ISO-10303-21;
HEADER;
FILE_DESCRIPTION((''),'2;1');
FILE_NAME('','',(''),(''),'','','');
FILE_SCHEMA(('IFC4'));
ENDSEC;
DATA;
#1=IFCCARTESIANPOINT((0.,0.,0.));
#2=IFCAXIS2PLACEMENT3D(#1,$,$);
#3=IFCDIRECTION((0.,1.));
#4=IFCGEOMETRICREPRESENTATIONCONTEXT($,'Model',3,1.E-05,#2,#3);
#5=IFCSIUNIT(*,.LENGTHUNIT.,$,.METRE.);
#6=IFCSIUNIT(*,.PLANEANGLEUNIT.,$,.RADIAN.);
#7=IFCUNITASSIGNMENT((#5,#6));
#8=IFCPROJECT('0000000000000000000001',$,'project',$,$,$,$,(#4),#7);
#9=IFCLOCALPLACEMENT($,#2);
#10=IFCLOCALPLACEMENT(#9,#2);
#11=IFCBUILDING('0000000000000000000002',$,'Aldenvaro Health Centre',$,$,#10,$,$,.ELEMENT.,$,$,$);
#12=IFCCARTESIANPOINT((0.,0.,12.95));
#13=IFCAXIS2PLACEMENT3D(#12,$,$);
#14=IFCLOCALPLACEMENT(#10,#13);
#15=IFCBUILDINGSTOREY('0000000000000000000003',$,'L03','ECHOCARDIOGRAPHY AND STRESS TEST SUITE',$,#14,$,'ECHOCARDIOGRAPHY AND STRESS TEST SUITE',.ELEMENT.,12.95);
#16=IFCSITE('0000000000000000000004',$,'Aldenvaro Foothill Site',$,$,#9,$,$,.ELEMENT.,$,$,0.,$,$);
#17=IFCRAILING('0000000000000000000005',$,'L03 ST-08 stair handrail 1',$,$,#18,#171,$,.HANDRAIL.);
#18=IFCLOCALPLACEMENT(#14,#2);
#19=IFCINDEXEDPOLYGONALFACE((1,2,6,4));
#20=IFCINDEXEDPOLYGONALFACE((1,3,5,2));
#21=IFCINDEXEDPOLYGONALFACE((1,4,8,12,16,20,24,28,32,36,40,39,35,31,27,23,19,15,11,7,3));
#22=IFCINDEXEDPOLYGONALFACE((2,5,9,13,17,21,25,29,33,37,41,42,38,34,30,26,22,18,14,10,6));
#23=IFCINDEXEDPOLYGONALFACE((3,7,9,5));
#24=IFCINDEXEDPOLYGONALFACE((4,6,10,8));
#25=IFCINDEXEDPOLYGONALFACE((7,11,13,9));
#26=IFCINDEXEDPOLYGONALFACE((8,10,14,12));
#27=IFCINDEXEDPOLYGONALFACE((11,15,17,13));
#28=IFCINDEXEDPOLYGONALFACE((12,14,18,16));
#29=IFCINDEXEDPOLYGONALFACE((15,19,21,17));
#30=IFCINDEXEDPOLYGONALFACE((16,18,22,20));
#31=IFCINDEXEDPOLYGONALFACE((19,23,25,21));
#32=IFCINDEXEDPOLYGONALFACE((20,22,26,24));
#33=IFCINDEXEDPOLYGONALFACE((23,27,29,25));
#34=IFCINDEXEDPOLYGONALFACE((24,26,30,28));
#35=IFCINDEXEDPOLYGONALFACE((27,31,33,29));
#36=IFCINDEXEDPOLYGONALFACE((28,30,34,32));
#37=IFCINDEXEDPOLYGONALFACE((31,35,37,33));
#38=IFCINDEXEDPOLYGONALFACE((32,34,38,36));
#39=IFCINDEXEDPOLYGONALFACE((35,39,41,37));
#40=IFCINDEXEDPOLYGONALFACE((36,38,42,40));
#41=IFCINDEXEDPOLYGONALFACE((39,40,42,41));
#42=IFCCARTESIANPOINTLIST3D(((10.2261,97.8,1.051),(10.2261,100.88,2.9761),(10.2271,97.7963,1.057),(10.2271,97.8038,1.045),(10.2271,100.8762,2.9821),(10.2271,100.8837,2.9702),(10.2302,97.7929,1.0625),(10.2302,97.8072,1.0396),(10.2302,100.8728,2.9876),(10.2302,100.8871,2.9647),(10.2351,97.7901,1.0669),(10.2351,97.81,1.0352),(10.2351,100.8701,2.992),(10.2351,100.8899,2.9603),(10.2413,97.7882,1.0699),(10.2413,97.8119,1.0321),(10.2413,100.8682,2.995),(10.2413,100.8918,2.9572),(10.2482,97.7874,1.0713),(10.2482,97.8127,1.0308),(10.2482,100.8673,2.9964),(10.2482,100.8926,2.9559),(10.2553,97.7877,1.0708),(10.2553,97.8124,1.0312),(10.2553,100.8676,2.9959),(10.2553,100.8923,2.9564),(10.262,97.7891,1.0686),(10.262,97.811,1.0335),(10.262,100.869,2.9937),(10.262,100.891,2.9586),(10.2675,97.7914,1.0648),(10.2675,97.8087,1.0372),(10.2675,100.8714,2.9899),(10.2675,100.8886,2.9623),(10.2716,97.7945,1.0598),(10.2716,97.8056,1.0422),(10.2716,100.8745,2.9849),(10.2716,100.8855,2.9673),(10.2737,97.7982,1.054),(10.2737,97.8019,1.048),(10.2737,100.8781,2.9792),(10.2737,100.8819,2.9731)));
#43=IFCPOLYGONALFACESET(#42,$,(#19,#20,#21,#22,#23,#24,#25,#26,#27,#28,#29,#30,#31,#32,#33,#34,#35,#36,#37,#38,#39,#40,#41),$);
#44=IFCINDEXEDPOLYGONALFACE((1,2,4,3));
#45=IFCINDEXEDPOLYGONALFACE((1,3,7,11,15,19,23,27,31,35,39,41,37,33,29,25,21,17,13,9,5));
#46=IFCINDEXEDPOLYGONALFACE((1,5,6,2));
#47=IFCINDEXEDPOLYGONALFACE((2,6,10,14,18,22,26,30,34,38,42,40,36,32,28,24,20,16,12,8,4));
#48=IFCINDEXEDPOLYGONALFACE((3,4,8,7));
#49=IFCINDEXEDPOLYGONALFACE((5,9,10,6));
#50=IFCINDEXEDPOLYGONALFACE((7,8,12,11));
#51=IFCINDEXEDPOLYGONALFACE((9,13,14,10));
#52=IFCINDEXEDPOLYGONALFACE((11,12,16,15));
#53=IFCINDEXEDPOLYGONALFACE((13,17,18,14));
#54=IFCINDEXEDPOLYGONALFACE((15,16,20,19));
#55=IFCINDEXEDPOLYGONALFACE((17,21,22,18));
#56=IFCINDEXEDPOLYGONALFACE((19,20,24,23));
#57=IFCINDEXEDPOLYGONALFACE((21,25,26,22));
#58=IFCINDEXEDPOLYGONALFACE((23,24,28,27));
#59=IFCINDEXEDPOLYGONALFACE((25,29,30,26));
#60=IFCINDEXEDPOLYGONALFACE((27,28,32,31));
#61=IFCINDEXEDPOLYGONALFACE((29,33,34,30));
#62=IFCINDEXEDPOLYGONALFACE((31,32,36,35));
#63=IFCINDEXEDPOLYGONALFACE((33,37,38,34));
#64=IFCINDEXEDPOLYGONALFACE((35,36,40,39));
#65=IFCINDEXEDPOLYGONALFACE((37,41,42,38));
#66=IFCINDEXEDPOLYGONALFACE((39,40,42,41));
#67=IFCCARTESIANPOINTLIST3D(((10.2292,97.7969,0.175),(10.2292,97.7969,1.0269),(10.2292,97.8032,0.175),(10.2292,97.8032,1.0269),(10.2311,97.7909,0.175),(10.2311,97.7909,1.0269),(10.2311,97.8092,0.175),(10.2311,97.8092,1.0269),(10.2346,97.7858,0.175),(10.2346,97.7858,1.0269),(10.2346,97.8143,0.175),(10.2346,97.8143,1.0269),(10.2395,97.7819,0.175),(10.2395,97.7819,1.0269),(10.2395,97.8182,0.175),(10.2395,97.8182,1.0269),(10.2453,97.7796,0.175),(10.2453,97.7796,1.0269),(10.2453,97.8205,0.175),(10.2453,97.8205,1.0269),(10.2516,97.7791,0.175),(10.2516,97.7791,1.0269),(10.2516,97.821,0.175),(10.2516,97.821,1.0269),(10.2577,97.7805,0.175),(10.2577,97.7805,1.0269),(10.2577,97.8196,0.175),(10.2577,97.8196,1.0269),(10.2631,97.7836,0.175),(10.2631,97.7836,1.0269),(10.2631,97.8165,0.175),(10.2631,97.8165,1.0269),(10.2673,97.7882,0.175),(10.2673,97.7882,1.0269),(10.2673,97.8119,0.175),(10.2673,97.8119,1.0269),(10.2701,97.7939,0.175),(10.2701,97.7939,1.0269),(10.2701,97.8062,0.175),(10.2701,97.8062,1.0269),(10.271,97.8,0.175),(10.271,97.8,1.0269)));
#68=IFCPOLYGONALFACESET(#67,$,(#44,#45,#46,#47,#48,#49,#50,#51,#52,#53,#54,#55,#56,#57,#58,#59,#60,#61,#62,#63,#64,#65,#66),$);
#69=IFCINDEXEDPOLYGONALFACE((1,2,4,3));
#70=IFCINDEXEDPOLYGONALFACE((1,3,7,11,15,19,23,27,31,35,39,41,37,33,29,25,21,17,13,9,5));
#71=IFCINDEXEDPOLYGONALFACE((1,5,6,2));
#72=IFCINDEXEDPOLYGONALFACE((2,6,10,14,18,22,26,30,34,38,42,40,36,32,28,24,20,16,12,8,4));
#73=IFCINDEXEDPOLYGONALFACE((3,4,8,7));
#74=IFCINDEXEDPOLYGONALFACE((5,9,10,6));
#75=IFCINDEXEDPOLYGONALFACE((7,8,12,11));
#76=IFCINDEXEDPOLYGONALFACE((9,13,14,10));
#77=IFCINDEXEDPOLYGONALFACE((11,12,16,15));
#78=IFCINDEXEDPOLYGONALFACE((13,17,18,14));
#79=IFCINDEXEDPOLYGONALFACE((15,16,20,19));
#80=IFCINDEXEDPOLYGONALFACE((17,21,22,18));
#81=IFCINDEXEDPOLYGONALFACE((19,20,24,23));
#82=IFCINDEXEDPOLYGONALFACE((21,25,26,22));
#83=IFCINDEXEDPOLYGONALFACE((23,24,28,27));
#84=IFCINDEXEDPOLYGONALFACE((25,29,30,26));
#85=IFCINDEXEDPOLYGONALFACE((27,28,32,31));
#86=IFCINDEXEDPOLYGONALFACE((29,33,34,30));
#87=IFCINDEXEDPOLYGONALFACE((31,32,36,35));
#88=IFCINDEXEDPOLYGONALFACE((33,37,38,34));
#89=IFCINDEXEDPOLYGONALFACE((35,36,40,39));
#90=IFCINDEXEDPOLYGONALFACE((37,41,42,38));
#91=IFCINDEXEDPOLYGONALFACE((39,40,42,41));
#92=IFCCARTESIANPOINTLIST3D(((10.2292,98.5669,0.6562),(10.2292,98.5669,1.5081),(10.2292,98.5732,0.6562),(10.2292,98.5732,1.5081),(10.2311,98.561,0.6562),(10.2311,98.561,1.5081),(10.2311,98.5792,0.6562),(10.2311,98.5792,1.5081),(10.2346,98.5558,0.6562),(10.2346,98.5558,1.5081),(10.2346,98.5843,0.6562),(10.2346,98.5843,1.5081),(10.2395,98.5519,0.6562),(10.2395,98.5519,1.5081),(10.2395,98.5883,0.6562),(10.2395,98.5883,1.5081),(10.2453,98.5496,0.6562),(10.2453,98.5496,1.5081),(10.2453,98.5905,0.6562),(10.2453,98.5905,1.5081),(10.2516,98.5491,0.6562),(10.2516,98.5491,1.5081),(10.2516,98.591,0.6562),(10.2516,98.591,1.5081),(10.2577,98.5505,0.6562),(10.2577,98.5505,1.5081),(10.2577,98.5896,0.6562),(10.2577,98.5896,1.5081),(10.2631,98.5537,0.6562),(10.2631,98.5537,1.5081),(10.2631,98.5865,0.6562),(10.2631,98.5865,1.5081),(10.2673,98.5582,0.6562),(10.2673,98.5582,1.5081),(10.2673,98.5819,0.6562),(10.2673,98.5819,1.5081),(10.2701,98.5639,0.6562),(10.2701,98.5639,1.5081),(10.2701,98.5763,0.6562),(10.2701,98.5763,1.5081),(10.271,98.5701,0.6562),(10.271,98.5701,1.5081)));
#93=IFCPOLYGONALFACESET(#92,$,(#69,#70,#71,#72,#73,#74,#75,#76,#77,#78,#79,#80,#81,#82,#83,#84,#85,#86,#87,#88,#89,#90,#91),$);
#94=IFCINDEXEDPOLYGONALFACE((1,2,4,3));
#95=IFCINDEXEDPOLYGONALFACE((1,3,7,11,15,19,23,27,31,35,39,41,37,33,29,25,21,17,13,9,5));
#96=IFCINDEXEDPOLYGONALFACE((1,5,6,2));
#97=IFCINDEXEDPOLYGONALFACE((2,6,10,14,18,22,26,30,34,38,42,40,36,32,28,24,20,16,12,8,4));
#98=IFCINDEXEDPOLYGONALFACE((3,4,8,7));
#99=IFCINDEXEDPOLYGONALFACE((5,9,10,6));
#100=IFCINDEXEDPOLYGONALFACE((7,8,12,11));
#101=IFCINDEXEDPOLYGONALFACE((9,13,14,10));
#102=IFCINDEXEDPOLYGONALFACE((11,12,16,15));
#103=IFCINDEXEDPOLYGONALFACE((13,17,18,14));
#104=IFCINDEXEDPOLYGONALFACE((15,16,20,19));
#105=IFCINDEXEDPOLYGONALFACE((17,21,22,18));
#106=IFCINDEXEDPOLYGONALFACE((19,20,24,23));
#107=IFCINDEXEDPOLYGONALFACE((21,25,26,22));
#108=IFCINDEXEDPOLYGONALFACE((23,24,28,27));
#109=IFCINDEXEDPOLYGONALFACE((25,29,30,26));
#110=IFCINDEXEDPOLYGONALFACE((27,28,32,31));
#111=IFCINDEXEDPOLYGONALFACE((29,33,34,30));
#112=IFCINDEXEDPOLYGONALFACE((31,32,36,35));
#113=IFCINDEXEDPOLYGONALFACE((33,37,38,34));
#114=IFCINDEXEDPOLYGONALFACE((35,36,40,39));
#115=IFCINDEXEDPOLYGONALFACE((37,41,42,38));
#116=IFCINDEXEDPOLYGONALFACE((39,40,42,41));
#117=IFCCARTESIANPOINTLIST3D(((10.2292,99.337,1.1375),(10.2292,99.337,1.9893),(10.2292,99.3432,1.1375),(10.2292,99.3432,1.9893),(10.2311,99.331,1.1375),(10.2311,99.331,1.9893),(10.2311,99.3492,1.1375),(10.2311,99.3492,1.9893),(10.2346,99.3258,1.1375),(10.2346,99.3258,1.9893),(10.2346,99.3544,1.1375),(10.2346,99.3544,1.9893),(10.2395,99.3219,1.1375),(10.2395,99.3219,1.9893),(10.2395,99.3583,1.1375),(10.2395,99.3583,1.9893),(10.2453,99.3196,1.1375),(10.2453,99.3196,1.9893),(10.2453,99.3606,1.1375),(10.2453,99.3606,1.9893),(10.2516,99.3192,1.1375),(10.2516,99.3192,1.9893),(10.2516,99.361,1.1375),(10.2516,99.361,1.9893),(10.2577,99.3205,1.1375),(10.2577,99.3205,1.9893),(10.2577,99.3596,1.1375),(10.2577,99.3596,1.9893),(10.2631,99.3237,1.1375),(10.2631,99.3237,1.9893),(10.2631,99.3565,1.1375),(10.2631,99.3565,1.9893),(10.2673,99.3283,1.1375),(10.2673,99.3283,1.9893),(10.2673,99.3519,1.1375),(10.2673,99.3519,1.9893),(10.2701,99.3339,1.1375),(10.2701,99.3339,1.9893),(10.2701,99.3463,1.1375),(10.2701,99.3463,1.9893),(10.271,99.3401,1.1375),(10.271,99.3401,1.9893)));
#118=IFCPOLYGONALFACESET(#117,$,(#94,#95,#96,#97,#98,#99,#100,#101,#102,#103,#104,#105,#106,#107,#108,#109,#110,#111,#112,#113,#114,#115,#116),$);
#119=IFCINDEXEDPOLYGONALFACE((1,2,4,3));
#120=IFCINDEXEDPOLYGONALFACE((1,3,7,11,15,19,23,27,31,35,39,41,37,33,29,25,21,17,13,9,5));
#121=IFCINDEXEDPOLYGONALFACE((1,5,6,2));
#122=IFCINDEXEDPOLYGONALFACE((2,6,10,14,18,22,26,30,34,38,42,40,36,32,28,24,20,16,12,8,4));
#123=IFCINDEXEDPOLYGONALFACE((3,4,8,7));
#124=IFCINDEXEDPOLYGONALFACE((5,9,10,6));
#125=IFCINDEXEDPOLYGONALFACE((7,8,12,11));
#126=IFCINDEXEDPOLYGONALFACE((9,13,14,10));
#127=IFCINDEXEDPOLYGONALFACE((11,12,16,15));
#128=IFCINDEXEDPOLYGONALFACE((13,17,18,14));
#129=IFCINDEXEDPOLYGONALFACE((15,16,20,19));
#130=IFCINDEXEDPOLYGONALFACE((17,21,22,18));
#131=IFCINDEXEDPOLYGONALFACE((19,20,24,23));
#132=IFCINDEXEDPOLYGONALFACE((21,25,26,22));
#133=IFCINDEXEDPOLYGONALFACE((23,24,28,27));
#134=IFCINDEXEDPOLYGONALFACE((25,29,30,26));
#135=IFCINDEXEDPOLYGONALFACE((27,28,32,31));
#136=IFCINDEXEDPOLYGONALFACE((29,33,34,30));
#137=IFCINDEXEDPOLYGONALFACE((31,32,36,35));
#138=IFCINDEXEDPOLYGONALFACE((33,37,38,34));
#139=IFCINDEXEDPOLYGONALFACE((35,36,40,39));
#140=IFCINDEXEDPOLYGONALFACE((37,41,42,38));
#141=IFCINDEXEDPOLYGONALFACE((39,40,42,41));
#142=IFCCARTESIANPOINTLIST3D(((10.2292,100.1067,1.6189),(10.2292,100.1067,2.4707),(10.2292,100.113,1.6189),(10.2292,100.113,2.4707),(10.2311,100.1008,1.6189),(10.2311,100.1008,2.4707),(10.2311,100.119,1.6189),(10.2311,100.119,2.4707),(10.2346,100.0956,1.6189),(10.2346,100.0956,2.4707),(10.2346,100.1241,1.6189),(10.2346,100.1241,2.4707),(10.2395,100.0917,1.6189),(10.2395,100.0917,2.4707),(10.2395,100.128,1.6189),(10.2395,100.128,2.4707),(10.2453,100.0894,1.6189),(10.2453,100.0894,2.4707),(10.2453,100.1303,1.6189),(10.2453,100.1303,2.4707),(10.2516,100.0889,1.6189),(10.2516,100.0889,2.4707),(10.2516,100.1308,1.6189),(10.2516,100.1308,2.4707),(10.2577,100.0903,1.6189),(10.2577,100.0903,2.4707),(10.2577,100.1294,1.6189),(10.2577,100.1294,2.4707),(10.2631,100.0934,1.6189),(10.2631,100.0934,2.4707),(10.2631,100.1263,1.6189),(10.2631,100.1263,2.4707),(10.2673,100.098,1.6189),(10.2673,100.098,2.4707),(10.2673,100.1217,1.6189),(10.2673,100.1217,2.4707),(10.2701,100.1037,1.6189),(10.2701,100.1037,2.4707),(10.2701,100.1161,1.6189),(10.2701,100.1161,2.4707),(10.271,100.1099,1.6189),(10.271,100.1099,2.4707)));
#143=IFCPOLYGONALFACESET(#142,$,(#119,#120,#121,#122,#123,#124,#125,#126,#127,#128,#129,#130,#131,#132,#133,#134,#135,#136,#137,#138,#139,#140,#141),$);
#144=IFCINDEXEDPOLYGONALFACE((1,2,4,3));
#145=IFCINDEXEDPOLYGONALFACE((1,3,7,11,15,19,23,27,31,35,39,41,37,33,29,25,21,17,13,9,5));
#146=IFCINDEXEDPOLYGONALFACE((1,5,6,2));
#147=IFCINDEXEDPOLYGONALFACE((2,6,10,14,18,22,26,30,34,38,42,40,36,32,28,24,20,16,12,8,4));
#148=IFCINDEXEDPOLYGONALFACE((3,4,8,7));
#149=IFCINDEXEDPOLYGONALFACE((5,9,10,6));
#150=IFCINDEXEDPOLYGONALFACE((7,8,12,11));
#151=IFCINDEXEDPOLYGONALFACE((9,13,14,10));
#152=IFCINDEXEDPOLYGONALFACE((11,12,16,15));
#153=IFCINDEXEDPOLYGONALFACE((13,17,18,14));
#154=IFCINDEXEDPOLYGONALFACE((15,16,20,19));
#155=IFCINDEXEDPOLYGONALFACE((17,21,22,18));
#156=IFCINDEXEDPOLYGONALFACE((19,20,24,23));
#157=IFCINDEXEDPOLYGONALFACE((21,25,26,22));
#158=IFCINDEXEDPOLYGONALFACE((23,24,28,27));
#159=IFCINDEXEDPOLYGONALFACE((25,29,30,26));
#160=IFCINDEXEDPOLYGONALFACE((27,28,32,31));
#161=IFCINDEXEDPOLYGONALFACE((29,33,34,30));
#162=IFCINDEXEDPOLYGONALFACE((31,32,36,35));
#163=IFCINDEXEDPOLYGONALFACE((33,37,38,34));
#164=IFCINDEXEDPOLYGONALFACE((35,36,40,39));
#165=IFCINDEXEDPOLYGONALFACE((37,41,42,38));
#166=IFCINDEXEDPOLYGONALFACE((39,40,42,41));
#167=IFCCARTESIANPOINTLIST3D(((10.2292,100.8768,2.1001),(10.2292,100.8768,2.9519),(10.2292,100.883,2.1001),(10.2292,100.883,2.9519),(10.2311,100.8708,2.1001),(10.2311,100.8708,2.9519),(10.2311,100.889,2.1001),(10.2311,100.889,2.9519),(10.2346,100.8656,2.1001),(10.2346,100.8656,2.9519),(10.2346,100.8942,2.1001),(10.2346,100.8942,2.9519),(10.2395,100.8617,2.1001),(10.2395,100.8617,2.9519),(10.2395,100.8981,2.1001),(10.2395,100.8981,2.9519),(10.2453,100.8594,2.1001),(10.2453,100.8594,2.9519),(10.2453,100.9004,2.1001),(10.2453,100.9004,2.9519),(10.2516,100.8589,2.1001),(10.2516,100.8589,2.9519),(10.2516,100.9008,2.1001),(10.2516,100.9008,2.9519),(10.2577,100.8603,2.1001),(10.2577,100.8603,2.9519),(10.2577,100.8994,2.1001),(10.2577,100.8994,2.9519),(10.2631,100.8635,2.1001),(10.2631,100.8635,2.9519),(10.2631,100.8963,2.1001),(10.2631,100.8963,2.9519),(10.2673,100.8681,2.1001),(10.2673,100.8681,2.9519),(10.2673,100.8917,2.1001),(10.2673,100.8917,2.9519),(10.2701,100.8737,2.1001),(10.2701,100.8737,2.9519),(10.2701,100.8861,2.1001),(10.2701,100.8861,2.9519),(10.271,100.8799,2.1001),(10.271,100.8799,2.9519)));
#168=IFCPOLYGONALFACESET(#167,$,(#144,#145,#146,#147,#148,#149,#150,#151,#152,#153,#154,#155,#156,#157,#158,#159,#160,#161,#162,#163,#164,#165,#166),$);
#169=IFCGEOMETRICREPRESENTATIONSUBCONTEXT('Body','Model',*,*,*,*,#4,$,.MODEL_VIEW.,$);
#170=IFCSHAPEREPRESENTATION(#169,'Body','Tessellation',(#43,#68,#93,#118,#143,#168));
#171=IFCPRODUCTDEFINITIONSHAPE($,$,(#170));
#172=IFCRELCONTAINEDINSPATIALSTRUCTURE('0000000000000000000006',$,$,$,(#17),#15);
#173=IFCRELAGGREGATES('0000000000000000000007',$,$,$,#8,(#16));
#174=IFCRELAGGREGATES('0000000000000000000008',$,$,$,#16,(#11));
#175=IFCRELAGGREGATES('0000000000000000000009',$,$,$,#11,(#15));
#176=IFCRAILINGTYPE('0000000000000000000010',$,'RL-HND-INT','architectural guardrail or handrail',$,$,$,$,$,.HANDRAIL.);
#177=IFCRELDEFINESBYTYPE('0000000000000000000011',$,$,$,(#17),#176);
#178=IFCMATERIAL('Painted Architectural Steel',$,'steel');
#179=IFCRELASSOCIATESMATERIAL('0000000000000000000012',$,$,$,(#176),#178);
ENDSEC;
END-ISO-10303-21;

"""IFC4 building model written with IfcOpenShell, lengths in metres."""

from ifc_helpers import new_model, si_unit, direction, frame, origin, origin_2d, place, context, subcontext, project, spatial, circle, extrude, material, type_object, element, save


model = new_model("IFC4")

# Units and contexts
model_context = context("Model", 3, precision=1e-05, world=origin(), true_north=direction((0.0, 1.0)))
body_context = subcontext(model_context, "Body", "Model", "MODEL_VIEW")
ifc_project = project(units=[si_unit("LENGTHUNIT", "METRE"), si_unit("PLANEANGLEUNIT", "RADIAN")], contexts=[model_context])

# Site, building, storey
site_placement = place(None, origin())
site = spatial("IfcSite", under=ifc_project, at=site_placement, Name="Aldenvaro Foothill Site", CompositionType="ELEMENT", RefElevation=0.0)
building_placement = place(site_placement, origin())
building = spatial("IfcBuilding", under=site, at=building_placement, Name="Aldenvaro Health Centre", CompositionType="ELEMENT")
storey_placement = place(building_placement, frame((0.0, 0.0, 12.95)))
storey = spatial("IfcBuildingStorey", under=building, at=storey_placement, Name="L03", Description="ECHOCARDIOGRAPHY AND STRESS TEST SUITE", LongName="ECHOCARDIOGRAPHY AND STRESS TEST SUITE", CompositionType="ELEMENT", Elevation=12.95)

# Railing
ifc_material_1 = material(Name="Painted Architectural Steel", Category="steel")
railing_type_1 = type_object("IfcRailingType", Name="RL-HND-INT", Description="architectural guardrail or handrail", PredefinedType="HANDRAIL", material=ifc_material_1)
railing_1_placement = place(storey_placement, frame((10.25, 97.8, 0.175)))
element("IfcRailing", 1, at=railing_1_placement, inside=storey, type_object=railing_type_1, Name="L03 ST-08 stair handrail 1", PredefinedType="HANDRAIL", context=body_context, shape_type="SweptSolid", body=[
    extrude(circle(Radius=0.0239, at=origin_2d()), frame((0.0, 0.0, 0.876), z_axis=(0.0, 0.847979, 0.530029), x_axis=(-1.0, 0.0, 0.0)), (0.0, 0.0, 1.0), 3.6321),
    extrude(circle(Radius=0.021, at=origin_2d()), origin(), (0.0, 0.0, 1.0), 0.8518),
    extrude(circle(Radius=0.021, at=origin_2d()), frame((0.0, 0.77, 0.4812)), (0.0, 0.0, 1.0), 0.8518),
    extrude(circle(Radius=0.021, at=origin_2d()), frame((0.0, 1.54, 0.9624)), (0.0, 0.0, 1.0), 0.8518),
    extrude(circle(Radius=0.021, at=origin_2d()), frame((0.0, 2.3098, 1.4438)), (0.0, 0.0, 1.0), 0.8518),
    extrude(circle(Radius=0.021, at=origin_2d()), frame((0.0, 3.0798, 1.925)), (0.0, 0.0, 1.0), 0.8518),
])

save(model, "model.ifc")
